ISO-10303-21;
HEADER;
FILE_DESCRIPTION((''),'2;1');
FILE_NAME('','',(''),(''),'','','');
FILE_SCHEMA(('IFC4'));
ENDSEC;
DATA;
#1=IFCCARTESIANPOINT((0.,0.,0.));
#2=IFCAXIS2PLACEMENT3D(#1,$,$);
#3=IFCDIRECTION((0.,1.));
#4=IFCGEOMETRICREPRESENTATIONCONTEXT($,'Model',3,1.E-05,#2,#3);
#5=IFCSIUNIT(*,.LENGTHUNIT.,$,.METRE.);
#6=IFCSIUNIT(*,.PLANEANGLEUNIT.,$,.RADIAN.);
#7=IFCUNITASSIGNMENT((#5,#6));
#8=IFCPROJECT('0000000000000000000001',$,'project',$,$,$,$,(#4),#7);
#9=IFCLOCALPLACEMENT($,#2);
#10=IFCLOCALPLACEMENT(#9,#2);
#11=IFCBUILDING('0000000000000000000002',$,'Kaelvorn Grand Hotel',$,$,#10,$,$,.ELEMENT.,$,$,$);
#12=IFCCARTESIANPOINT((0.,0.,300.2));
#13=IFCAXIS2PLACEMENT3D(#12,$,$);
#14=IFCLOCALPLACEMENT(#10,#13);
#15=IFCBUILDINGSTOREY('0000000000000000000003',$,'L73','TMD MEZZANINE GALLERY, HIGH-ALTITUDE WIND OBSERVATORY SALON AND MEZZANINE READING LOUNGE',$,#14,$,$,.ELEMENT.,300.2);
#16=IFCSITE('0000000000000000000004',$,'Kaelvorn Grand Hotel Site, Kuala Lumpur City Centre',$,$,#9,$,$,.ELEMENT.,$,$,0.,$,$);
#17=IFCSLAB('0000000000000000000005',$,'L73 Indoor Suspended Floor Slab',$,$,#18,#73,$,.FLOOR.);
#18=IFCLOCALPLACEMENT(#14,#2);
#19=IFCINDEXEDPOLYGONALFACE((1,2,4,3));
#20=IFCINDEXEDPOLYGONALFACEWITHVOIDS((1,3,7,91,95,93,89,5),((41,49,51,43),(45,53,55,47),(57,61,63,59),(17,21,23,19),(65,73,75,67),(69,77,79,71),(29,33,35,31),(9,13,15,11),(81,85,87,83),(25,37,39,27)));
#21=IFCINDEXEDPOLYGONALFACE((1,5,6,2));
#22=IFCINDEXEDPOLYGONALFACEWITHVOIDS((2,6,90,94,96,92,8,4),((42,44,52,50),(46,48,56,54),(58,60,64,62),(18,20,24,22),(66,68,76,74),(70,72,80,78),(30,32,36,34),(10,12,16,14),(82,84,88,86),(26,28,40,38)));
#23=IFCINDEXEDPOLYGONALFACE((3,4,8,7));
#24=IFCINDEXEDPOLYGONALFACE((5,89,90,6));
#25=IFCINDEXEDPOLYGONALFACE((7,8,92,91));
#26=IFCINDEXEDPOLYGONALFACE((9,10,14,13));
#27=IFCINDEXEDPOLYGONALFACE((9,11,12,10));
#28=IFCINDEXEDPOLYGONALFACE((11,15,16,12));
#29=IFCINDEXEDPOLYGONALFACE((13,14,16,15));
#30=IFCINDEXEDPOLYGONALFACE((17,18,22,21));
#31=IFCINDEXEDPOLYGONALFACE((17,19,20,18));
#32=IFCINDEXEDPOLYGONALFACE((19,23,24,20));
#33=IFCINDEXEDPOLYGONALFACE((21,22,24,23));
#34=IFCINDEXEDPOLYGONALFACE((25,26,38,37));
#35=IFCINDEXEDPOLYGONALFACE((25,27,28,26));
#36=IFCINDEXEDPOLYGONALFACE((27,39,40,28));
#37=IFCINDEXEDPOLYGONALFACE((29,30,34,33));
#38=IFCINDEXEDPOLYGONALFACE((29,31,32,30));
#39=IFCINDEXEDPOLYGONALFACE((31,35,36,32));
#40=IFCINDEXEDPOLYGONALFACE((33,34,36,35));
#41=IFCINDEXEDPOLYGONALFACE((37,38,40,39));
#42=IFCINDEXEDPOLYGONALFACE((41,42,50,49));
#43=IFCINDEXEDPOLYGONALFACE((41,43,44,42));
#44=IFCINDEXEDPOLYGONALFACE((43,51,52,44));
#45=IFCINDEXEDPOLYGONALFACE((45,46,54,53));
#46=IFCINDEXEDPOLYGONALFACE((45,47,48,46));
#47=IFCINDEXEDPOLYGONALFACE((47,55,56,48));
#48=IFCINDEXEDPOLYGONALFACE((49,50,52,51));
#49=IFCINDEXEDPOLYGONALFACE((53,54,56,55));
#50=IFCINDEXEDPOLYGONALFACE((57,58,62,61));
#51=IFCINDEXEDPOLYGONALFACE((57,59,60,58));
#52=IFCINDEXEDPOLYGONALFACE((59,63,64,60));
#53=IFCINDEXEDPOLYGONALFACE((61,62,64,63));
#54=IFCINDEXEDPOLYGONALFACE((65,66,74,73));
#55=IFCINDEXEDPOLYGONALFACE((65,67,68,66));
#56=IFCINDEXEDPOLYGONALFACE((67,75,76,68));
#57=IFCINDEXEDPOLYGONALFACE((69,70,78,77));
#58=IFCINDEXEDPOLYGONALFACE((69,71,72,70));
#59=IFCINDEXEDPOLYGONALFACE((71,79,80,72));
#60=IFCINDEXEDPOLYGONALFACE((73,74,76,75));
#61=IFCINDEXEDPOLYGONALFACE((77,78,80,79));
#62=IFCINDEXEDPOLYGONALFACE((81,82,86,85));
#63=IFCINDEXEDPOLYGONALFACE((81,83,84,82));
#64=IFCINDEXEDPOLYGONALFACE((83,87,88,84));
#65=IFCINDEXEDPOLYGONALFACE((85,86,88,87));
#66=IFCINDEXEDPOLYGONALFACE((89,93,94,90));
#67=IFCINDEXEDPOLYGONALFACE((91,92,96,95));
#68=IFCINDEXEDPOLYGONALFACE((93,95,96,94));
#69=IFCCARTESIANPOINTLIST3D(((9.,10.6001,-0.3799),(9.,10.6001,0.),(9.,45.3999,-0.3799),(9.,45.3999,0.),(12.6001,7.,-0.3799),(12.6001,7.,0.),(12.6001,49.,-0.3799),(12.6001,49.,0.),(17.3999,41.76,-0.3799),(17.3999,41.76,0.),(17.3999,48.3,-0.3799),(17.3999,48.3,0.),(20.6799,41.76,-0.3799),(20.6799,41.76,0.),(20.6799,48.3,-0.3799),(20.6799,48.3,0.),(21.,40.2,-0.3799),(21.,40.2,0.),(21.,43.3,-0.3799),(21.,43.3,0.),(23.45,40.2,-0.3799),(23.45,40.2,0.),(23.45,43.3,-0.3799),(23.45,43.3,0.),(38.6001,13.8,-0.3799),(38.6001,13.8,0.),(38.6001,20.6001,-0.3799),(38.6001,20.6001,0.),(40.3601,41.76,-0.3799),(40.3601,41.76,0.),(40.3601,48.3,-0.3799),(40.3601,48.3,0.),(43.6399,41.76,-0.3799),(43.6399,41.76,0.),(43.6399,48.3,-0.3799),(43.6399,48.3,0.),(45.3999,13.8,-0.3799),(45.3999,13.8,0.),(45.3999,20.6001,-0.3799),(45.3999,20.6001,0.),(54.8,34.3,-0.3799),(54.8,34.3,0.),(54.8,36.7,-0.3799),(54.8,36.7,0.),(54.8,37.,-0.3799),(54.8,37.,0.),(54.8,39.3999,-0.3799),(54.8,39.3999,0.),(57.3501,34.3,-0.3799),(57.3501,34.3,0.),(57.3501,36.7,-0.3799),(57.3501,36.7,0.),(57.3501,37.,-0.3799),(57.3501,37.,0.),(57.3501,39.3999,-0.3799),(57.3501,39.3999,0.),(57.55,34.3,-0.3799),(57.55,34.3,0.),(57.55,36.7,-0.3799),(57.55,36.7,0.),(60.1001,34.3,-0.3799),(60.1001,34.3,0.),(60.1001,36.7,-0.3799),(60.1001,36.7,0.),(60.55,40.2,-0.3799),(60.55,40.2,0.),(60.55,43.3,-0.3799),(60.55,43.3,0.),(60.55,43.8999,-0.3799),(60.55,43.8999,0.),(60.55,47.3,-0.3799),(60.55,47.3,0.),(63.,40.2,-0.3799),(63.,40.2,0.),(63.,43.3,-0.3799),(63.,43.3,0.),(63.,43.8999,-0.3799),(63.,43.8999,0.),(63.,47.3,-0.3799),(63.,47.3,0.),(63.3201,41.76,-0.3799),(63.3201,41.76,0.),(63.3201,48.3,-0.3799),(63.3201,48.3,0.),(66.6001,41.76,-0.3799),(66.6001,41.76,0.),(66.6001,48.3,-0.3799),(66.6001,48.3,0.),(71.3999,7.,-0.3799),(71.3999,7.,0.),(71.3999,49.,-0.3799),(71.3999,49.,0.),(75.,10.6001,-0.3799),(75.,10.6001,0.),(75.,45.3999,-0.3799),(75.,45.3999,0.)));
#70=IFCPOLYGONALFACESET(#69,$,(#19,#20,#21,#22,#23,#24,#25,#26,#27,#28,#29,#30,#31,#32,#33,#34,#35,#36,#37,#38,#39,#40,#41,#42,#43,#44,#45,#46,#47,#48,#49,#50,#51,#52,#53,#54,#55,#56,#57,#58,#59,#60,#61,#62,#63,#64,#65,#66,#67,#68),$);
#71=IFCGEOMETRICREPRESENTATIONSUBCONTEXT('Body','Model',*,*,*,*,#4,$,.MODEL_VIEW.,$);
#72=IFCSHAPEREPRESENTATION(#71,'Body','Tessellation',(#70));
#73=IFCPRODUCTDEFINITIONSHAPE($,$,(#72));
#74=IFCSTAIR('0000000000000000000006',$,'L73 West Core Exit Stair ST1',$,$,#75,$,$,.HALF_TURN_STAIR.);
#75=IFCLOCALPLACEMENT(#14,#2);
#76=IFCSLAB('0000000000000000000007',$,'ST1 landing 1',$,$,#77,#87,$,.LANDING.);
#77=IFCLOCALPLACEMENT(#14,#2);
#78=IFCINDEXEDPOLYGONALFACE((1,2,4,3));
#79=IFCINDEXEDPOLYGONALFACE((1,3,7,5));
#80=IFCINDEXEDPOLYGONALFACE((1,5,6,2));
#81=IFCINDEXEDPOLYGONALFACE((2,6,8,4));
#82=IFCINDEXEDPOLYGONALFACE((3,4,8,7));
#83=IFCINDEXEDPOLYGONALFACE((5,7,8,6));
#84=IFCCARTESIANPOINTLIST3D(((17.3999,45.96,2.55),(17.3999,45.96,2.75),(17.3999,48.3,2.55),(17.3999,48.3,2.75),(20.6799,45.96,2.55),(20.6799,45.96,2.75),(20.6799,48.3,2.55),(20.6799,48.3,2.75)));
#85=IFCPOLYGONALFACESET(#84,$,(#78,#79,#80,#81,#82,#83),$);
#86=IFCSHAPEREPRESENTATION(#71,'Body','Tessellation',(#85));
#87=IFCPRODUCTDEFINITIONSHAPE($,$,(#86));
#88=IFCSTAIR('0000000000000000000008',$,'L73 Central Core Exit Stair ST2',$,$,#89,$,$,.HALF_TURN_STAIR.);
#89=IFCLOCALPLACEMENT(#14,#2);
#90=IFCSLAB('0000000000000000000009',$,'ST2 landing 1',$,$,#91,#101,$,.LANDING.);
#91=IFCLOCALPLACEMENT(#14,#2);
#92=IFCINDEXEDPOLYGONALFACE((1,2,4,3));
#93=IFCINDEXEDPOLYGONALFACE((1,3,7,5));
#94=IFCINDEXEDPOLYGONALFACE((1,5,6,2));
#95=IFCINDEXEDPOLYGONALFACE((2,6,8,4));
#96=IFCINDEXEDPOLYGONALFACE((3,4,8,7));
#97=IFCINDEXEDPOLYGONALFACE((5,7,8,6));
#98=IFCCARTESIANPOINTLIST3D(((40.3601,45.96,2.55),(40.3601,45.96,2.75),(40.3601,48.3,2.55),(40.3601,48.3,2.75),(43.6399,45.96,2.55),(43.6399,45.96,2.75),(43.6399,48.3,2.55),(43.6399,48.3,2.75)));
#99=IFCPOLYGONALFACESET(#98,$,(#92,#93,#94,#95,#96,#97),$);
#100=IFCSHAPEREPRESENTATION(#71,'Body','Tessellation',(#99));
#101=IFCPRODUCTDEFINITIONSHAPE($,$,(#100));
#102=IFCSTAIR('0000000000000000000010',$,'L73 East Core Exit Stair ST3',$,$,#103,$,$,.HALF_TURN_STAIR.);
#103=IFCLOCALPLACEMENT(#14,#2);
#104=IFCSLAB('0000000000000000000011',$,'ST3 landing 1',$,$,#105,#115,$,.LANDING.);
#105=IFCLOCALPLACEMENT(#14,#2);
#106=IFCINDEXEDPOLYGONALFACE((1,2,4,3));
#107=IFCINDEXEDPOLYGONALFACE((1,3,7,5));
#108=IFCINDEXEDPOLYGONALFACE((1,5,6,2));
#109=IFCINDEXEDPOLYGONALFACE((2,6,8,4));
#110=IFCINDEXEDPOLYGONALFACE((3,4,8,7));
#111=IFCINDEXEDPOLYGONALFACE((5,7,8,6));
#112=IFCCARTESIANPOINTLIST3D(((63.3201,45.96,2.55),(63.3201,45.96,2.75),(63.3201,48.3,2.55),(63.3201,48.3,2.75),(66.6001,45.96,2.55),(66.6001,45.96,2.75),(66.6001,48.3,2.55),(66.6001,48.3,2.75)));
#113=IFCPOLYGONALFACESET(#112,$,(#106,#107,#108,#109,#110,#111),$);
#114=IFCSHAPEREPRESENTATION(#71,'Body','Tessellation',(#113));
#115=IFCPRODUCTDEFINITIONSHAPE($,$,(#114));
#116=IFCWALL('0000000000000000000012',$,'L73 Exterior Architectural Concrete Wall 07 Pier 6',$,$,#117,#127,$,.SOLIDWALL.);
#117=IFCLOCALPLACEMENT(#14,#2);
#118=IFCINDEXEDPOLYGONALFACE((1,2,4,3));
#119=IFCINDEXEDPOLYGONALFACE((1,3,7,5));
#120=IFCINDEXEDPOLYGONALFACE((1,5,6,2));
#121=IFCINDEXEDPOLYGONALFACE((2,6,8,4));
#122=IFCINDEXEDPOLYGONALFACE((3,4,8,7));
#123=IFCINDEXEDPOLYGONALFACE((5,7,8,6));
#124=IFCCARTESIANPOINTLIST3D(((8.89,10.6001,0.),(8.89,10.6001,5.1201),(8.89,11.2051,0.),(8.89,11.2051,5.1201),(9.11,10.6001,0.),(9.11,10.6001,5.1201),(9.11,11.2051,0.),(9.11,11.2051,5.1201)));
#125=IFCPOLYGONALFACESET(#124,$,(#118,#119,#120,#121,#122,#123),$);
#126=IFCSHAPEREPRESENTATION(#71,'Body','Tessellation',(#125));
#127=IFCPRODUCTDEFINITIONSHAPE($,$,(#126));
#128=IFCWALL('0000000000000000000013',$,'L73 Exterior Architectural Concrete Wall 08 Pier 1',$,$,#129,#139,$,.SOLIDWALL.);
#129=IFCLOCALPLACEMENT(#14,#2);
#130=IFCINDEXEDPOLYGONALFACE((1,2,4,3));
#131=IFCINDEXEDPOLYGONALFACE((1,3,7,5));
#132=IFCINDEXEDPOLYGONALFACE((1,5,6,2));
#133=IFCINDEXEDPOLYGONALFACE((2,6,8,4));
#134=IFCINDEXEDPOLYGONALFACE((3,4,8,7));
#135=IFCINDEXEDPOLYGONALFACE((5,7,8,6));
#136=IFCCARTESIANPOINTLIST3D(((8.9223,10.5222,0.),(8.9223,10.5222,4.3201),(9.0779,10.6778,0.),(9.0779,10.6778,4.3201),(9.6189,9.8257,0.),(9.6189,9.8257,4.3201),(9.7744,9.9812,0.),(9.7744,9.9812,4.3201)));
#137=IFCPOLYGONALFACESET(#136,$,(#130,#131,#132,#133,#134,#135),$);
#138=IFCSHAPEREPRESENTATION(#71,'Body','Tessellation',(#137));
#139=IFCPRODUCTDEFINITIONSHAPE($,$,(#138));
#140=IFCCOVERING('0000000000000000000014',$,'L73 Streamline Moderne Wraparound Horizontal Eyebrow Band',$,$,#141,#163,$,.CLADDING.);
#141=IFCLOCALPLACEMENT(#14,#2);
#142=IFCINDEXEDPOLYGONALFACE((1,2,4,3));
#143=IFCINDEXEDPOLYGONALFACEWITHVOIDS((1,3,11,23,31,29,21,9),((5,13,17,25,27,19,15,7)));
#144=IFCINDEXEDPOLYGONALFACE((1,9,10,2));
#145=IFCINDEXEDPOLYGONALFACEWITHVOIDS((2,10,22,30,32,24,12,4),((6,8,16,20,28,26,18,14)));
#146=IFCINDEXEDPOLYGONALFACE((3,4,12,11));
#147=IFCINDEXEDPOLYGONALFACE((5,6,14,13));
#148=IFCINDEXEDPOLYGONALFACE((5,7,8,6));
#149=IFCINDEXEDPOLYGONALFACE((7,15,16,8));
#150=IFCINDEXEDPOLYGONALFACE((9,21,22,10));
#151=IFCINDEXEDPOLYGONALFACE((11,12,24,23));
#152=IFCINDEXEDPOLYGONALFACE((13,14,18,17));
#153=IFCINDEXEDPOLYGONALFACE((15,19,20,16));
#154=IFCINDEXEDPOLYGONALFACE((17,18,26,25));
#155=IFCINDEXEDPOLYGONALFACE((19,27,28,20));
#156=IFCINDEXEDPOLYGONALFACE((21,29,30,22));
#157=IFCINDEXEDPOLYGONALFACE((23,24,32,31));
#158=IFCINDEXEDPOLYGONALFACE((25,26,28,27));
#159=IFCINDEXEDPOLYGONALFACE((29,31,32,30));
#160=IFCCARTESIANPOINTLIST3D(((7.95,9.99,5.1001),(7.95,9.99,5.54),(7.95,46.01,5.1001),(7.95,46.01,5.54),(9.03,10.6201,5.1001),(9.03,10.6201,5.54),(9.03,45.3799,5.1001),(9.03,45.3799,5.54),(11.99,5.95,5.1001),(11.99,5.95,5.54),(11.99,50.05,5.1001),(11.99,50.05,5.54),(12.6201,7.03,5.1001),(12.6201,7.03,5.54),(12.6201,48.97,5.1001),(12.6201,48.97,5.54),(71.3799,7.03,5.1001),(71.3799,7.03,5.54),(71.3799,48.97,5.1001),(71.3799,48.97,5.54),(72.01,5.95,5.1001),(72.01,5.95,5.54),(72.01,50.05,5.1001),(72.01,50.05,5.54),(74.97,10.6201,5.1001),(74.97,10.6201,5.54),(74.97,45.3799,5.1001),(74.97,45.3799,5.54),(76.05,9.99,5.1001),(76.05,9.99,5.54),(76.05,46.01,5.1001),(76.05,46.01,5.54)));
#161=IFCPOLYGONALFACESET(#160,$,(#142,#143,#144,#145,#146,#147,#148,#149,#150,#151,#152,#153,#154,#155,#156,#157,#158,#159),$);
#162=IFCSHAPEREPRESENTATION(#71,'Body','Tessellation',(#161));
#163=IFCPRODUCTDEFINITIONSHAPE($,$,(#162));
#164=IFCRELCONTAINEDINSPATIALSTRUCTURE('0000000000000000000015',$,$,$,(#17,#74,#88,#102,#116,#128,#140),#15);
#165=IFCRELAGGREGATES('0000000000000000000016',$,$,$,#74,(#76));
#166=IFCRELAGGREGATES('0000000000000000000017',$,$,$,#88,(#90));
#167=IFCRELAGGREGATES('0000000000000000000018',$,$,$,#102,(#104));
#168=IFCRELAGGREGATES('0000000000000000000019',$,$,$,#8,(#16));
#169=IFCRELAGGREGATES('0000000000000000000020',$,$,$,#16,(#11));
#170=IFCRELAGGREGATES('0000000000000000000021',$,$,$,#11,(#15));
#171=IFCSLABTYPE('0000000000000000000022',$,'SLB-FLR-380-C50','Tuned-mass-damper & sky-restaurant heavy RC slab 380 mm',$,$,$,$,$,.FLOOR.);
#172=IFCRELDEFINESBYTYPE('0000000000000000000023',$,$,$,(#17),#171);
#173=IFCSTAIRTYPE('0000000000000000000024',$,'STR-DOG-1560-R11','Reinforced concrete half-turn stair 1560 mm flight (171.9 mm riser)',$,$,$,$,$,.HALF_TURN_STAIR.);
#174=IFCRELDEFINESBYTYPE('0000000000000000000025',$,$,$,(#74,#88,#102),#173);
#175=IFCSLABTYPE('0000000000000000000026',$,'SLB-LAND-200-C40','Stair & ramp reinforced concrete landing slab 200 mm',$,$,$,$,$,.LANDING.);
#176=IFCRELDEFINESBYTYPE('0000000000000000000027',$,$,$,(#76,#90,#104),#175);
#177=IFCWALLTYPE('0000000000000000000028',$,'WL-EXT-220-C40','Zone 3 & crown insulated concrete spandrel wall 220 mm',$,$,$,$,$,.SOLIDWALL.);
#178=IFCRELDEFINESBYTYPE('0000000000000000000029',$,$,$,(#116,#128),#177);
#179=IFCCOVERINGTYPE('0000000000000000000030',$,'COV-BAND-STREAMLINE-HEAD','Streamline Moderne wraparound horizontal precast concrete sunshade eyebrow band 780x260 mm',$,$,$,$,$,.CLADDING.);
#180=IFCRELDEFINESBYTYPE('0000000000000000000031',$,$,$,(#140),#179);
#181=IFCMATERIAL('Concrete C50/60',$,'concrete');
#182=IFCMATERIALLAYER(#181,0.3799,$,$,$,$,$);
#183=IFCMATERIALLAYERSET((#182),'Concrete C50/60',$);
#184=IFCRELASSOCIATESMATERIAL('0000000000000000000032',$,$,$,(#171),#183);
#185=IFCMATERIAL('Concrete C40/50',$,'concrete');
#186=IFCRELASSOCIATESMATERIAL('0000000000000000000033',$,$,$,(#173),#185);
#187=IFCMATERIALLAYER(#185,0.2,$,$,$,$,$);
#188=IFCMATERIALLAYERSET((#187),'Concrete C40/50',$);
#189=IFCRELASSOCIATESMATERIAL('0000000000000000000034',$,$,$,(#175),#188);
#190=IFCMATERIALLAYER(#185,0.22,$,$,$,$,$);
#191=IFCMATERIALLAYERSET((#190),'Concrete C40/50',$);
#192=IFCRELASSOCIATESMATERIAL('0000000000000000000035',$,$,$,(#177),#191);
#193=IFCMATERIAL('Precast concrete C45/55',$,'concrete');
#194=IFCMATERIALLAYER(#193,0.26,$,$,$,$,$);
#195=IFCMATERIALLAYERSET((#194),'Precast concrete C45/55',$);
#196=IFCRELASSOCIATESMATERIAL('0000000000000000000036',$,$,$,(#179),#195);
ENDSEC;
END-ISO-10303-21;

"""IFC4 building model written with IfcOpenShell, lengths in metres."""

from ifc_helpers import new_model, si_unit, direction, frame, frame_2d, origin, place, context, subcontext, project, spatial, polyline, rectangle, outline, extrude, material, layer, layer_set, type_object, element, aggregate, save


model = new_model("IFC4")

# Units and contexts
model_context = context("Model", 3, precision=1e-05, world=origin(), true_north=direction((0.0, 1.0)))
body_context = subcontext(model_context, "Body", "Model", "MODEL_VIEW")
ifc_project = project(units=[si_unit("LENGTHUNIT", "METRE"), si_unit("PLANEANGLEUNIT", "RADIAN")], contexts=[model_context])

# Site, building, storey
site_placement = place(None, origin())
site = spatial("IfcSite", under=ifc_project, at=site_placement, Name="Kaelvorn Grand Hotel Site, Kuala Lumpur City Centre", CompositionType="ELEMENT", RefElevation=0.0)
building_placement = place(site_placement, origin())
building = spatial("IfcBuilding", under=site, at=building_placement, Name="Kaelvorn Grand Hotel", CompositionType="ELEMENT")
storey_placement = place(building_placement, frame((0.0, 0.0, 300.2)))
storey = spatial("IfcBuildingStorey", under=building, at=storey_placement, Name="L73", Description="TMD MEZZANINE GALLERY, HIGH-ALTITUDE WIND OBSERVATORY SALON AND MEZZANINE READING LOUNGE", CompositionType="ELEMENT", Elevation=300.2)

# Shared definitions
ifc_material_1 = material(Name="Concrete C50/60", Category="concrete")

# Slab
ifc_layer_1 = layer(ifc_material_1, 0.3799)
ifc_layer_set_1 = layer_set([ifc_layer_1], Name="Concrete C50/60")
slab_type_1 = type_object("IfcSlabType", Name="SLB-FLR-380-C50", Description="Tuned-mass-damper & sky-restaurant heavy RC slab 380 mm", PredefinedType="FLOOR", material=ifc_layer_set_1)
slab_1_placement = place(storey_placement, frame((0.0, 0.0, -0.3799)))
element("IfcSlab", 1, at=slab_1_placement, inside=storey, type_object=slab_type_1, Name="L73 Indoor Suspended Floor Slab", PredefinedType="FLOOR", context=body_context, shape_type="SweptSolid", body=[
    extrude(outline(polyline([(12.6001, 7.0), (71.3999, 7.0), (75.0, 10.6001), (75.0, 45.3999), (71.3999, 49.0), (12.6001, 49.0), (9.0, 45.3999), (9.0, 10.6001), (12.6001, 7.0)]), holes=[polyline([(17.3999, 41.76), (17.3999, 48.3), (20.6799, 48.3), (20.6799, 41.76), (17.3999, 41.76)]), polyline([(40.3601, 41.76), (40.3601, 48.3), (43.6399, 48.3), (43.6399, 41.76), (40.3601, 41.76)]), polyline([(63.3201, 41.76), (63.3201, 48.3), (66.6001, 48.3), (66.6001, 41.76), (63.3201, 41.76)]), polyline([(54.8, 34.3), (54.8, 36.7), (57.3501, 36.7), (57.3501, 34.3), (54.8, 34.3)]), polyline([(57.55, 34.3), (57.55, 36.7), (60.1001, 36.7), (60.1001, 34.3), (57.55, 34.3)]), polyline([(54.8, 37.0), (54.8, 39.3999), (57.3501, 39.3999), (57.3501, 37.0), (54.8, 37.0)]), polyline([(21.0, 40.2), (21.0, 43.3), (23.45, 43.3), (23.45, 40.2), (21.0, 40.2)]), polyline([(60.55, 40.2), (60.55, 43.3), (63.0, 43.3), (63.0, 40.2), (60.55, 40.2)]), polyline([(60.55, 43.8999), (60.55, 47.3), (63.0, 47.3), (63.0, 43.8999), (60.55, 43.8999)]), polyline([(38.6001, 13.8), (38.6001, 20.6001), (45.3999, 20.6001), (45.3999, 13.8), (38.6001, 13.8)])]), origin(), (0.0, 0.0, 1.0), 0.3799),
])

# Stairs, slabs
ifc_material_2 = material(Name="Concrete C40/50", Category="concrete")
stair_type = type_object("IfcStairType", Name="STR-DOG-1560-R11", Description="Reinforced concrete half-turn stair 1560 mm flight (171.9 mm riser)", PredefinedType="HALF_TURN_STAIR", material=ifc_material_2)
stair_1_placement = place(storey_placement, origin())
stair_1 = element("IfcStair", 2, at=stair_1_placement, inside=storey, type_object=stair_type, Name="L73 West Core Exit Stair ST1", PredefinedType="HALF_TURN_STAIR")
ifc_layer_2 = layer(ifc_material_2, 0.2)
ifc_layer_set_2 = layer_set([ifc_layer_2], Name="Concrete C40/50")
slab_type_2 = type_object("IfcSlabType", Name="SLB-LAND-200-C40", Description="Stair & ramp reinforced concrete landing slab 200 mm", PredefinedType="LANDING", material=ifc_layer_set_2)
slab_2_placement = place(storey_placement, frame((0.0, 0.0, 2.55)))
slab_2 = element("IfcSlab", 3, at=slab_2_placement, type_object=slab_type_2, Name="ST1 landing 1", PredefinedType="LANDING", context=body_context, shape_type="SweptSolid", body=[
    extrude(outline(polyline([(20.6799, 45.96), (20.6799, 48.3), (17.3999, 48.3), (17.3999, 45.96), (20.6799, 45.96)])), origin(), (0.0, 0.0, 1.0), 0.2),
])
aggregate(stair_1, [slab_2])
stair_2_placement = place(storey_placement, origin())
stair_2 = element("IfcStair", 4, at=stair_2_placement, inside=storey, type_object=stair_type, Name="L73 Central Core Exit Stair ST2", PredefinedType="HALF_TURN_STAIR")
slab_3_placement = place(storey_placement, frame((0.0, 0.0, 2.55)))
slab_3 = element("IfcSlab", 5, at=slab_3_placement, type_object=slab_type_2, Name="ST2 landing 1", PredefinedType="LANDING", context=body_context, shape_type="SweptSolid", body=[
    extrude(outline(polyline([(43.6399, 45.96), (43.6399, 48.3), (40.3601, 48.3), (40.3601, 45.96), (43.6399, 45.96)])), origin(), (0.0, 0.0, 1.0), 0.2),
])
aggregate(stair_2, [slab_3])
stair_3_placement = place(storey_placement, origin())
stair_3 = element("IfcStair", 6, at=stair_3_placement, inside=storey, type_object=stair_type, Name="L73 East Core Exit Stair ST3", PredefinedType="HALF_TURN_STAIR")
slab_4_placement = place(storey_placement, frame((0.0, 0.0, 2.55)))
slab_4 = element("IfcSlab", 7, at=slab_4_placement, type_object=slab_type_2, Name="ST3 landing 1", PredefinedType="LANDING", context=body_context, shape_type="SweptSolid", body=[
    extrude(outline(polyline([(66.6001, 45.96), (66.6001, 48.3), (63.3201, 48.3), (63.3201, 45.96), (66.6001, 45.96)])), origin(), (0.0, 0.0, 1.0), 0.2),
])
aggregate(stair_3, [slab_4])

# Walls
ifc_layer_3 = layer(ifc_material_2, 0.22)
ifc_layer_set_3 = layer_set([ifc_layer_3], Name="Concrete C40/50")
wall_type = type_object("IfcWallType", Name="WL-EXT-220-C40", Description="Zone 3 & crown insulated concrete spandrel wall 220 mm", PredefinedType="SOLIDWALL", material=ifc_layer_set_3)
wall_1_placement = place(storey_placement, frame((9.0, 11.2051, 0.0), z_axis=(0.0, 0.0, 1.0), x_axis=(0.0, -1.0, 0.0)))
element("IfcWall", 8, at=wall_1_placement, inside=storey, type_object=wall_type, Name="L73 Exterior Architectural Concrete Wall 07 Pier 6", PredefinedType="SOLIDWALL", context=body_context, shape_type="SweptSolid", body=[
    extrude(rectangle(XDim=0.605, YDim=0.22, at=frame_2d((0.3025, 0.0))), origin(), (0.0, 0.0, 1.0), 5.1201),
])
wall_2_placement = place(storey_placement, frame((9.0, 10.6001, 0.0), z_axis=(0.0, 0.0, 1.0), x_axis=(0.707107, -0.707107, 0.0)))
element("IfcWall", 9, at=wall_2_placement, inside=storey, type_object=wall_type, Name="L73 Exterior Architectural Concrete Wall 08 Pier 1", PredefinedType="SOLIDWALL", context=body_context, shape_type="SweptSolid", body=[
    extrude(rectangle(XDim=0.9851, YDim=0.22, at=frame_2d((0.4927, 0.0))), origin(), (0.0, 0.0, 1.0), 4.3201),
])

# Covering
ifc_material_3 = material(Name="Precast concrete C45/55", Category="concrete")
ifc_layer_4 = layer(ifc_material_3, 0.26)
ifc_layer_set_4 = layer_set([ifc_layer_4], Name="Precast concrete C45/55")
covering_type = type_object("IfcCoveringType", Name="COV-BAND-STREAMLINE-HEAD", Description="Streamline Moderne wraparound horizontal precast concrete sunshade eyebrow band 780x260 mm", PredefinedType="CLADDING", material=ifc_layer_set_4)
covering_placement = place(storey_placement, frame((0.0, 0.0, 5.1001)))
element("IfcCovering", 10, at=covering_placement, inside=storey, type_object=covering_type, Name="L73 Streamline Moderne Wraparound Horizontal Eyebrow Band", PredefinedType="CLADDING", context=body_context, shape_type="SweptSolid", body=[
    extrude(outline(polyline([(11.99, 5.95), (72.01, 5.95), (76.05, 9.99), (76.05, 46.01), (72.01, 50.05), (11.99, 50.05), (7.95, 46.01), (7.95, 9.99), (11.99, 5.95)]), holes=[polyline([(12.6201, 7.03), (71.3799, 7.03), (74.97, 10.6201), (74.97, 45.3799), (71.3799, 48.97), (12.6201, 48.97), (9.03, 45.3799), (9.03, 10.6201), (12.6201, 7.03)])]), origin(), (0.0, 0.0, 1.0), 0.4399),
])

save(model, "model.ifc")
